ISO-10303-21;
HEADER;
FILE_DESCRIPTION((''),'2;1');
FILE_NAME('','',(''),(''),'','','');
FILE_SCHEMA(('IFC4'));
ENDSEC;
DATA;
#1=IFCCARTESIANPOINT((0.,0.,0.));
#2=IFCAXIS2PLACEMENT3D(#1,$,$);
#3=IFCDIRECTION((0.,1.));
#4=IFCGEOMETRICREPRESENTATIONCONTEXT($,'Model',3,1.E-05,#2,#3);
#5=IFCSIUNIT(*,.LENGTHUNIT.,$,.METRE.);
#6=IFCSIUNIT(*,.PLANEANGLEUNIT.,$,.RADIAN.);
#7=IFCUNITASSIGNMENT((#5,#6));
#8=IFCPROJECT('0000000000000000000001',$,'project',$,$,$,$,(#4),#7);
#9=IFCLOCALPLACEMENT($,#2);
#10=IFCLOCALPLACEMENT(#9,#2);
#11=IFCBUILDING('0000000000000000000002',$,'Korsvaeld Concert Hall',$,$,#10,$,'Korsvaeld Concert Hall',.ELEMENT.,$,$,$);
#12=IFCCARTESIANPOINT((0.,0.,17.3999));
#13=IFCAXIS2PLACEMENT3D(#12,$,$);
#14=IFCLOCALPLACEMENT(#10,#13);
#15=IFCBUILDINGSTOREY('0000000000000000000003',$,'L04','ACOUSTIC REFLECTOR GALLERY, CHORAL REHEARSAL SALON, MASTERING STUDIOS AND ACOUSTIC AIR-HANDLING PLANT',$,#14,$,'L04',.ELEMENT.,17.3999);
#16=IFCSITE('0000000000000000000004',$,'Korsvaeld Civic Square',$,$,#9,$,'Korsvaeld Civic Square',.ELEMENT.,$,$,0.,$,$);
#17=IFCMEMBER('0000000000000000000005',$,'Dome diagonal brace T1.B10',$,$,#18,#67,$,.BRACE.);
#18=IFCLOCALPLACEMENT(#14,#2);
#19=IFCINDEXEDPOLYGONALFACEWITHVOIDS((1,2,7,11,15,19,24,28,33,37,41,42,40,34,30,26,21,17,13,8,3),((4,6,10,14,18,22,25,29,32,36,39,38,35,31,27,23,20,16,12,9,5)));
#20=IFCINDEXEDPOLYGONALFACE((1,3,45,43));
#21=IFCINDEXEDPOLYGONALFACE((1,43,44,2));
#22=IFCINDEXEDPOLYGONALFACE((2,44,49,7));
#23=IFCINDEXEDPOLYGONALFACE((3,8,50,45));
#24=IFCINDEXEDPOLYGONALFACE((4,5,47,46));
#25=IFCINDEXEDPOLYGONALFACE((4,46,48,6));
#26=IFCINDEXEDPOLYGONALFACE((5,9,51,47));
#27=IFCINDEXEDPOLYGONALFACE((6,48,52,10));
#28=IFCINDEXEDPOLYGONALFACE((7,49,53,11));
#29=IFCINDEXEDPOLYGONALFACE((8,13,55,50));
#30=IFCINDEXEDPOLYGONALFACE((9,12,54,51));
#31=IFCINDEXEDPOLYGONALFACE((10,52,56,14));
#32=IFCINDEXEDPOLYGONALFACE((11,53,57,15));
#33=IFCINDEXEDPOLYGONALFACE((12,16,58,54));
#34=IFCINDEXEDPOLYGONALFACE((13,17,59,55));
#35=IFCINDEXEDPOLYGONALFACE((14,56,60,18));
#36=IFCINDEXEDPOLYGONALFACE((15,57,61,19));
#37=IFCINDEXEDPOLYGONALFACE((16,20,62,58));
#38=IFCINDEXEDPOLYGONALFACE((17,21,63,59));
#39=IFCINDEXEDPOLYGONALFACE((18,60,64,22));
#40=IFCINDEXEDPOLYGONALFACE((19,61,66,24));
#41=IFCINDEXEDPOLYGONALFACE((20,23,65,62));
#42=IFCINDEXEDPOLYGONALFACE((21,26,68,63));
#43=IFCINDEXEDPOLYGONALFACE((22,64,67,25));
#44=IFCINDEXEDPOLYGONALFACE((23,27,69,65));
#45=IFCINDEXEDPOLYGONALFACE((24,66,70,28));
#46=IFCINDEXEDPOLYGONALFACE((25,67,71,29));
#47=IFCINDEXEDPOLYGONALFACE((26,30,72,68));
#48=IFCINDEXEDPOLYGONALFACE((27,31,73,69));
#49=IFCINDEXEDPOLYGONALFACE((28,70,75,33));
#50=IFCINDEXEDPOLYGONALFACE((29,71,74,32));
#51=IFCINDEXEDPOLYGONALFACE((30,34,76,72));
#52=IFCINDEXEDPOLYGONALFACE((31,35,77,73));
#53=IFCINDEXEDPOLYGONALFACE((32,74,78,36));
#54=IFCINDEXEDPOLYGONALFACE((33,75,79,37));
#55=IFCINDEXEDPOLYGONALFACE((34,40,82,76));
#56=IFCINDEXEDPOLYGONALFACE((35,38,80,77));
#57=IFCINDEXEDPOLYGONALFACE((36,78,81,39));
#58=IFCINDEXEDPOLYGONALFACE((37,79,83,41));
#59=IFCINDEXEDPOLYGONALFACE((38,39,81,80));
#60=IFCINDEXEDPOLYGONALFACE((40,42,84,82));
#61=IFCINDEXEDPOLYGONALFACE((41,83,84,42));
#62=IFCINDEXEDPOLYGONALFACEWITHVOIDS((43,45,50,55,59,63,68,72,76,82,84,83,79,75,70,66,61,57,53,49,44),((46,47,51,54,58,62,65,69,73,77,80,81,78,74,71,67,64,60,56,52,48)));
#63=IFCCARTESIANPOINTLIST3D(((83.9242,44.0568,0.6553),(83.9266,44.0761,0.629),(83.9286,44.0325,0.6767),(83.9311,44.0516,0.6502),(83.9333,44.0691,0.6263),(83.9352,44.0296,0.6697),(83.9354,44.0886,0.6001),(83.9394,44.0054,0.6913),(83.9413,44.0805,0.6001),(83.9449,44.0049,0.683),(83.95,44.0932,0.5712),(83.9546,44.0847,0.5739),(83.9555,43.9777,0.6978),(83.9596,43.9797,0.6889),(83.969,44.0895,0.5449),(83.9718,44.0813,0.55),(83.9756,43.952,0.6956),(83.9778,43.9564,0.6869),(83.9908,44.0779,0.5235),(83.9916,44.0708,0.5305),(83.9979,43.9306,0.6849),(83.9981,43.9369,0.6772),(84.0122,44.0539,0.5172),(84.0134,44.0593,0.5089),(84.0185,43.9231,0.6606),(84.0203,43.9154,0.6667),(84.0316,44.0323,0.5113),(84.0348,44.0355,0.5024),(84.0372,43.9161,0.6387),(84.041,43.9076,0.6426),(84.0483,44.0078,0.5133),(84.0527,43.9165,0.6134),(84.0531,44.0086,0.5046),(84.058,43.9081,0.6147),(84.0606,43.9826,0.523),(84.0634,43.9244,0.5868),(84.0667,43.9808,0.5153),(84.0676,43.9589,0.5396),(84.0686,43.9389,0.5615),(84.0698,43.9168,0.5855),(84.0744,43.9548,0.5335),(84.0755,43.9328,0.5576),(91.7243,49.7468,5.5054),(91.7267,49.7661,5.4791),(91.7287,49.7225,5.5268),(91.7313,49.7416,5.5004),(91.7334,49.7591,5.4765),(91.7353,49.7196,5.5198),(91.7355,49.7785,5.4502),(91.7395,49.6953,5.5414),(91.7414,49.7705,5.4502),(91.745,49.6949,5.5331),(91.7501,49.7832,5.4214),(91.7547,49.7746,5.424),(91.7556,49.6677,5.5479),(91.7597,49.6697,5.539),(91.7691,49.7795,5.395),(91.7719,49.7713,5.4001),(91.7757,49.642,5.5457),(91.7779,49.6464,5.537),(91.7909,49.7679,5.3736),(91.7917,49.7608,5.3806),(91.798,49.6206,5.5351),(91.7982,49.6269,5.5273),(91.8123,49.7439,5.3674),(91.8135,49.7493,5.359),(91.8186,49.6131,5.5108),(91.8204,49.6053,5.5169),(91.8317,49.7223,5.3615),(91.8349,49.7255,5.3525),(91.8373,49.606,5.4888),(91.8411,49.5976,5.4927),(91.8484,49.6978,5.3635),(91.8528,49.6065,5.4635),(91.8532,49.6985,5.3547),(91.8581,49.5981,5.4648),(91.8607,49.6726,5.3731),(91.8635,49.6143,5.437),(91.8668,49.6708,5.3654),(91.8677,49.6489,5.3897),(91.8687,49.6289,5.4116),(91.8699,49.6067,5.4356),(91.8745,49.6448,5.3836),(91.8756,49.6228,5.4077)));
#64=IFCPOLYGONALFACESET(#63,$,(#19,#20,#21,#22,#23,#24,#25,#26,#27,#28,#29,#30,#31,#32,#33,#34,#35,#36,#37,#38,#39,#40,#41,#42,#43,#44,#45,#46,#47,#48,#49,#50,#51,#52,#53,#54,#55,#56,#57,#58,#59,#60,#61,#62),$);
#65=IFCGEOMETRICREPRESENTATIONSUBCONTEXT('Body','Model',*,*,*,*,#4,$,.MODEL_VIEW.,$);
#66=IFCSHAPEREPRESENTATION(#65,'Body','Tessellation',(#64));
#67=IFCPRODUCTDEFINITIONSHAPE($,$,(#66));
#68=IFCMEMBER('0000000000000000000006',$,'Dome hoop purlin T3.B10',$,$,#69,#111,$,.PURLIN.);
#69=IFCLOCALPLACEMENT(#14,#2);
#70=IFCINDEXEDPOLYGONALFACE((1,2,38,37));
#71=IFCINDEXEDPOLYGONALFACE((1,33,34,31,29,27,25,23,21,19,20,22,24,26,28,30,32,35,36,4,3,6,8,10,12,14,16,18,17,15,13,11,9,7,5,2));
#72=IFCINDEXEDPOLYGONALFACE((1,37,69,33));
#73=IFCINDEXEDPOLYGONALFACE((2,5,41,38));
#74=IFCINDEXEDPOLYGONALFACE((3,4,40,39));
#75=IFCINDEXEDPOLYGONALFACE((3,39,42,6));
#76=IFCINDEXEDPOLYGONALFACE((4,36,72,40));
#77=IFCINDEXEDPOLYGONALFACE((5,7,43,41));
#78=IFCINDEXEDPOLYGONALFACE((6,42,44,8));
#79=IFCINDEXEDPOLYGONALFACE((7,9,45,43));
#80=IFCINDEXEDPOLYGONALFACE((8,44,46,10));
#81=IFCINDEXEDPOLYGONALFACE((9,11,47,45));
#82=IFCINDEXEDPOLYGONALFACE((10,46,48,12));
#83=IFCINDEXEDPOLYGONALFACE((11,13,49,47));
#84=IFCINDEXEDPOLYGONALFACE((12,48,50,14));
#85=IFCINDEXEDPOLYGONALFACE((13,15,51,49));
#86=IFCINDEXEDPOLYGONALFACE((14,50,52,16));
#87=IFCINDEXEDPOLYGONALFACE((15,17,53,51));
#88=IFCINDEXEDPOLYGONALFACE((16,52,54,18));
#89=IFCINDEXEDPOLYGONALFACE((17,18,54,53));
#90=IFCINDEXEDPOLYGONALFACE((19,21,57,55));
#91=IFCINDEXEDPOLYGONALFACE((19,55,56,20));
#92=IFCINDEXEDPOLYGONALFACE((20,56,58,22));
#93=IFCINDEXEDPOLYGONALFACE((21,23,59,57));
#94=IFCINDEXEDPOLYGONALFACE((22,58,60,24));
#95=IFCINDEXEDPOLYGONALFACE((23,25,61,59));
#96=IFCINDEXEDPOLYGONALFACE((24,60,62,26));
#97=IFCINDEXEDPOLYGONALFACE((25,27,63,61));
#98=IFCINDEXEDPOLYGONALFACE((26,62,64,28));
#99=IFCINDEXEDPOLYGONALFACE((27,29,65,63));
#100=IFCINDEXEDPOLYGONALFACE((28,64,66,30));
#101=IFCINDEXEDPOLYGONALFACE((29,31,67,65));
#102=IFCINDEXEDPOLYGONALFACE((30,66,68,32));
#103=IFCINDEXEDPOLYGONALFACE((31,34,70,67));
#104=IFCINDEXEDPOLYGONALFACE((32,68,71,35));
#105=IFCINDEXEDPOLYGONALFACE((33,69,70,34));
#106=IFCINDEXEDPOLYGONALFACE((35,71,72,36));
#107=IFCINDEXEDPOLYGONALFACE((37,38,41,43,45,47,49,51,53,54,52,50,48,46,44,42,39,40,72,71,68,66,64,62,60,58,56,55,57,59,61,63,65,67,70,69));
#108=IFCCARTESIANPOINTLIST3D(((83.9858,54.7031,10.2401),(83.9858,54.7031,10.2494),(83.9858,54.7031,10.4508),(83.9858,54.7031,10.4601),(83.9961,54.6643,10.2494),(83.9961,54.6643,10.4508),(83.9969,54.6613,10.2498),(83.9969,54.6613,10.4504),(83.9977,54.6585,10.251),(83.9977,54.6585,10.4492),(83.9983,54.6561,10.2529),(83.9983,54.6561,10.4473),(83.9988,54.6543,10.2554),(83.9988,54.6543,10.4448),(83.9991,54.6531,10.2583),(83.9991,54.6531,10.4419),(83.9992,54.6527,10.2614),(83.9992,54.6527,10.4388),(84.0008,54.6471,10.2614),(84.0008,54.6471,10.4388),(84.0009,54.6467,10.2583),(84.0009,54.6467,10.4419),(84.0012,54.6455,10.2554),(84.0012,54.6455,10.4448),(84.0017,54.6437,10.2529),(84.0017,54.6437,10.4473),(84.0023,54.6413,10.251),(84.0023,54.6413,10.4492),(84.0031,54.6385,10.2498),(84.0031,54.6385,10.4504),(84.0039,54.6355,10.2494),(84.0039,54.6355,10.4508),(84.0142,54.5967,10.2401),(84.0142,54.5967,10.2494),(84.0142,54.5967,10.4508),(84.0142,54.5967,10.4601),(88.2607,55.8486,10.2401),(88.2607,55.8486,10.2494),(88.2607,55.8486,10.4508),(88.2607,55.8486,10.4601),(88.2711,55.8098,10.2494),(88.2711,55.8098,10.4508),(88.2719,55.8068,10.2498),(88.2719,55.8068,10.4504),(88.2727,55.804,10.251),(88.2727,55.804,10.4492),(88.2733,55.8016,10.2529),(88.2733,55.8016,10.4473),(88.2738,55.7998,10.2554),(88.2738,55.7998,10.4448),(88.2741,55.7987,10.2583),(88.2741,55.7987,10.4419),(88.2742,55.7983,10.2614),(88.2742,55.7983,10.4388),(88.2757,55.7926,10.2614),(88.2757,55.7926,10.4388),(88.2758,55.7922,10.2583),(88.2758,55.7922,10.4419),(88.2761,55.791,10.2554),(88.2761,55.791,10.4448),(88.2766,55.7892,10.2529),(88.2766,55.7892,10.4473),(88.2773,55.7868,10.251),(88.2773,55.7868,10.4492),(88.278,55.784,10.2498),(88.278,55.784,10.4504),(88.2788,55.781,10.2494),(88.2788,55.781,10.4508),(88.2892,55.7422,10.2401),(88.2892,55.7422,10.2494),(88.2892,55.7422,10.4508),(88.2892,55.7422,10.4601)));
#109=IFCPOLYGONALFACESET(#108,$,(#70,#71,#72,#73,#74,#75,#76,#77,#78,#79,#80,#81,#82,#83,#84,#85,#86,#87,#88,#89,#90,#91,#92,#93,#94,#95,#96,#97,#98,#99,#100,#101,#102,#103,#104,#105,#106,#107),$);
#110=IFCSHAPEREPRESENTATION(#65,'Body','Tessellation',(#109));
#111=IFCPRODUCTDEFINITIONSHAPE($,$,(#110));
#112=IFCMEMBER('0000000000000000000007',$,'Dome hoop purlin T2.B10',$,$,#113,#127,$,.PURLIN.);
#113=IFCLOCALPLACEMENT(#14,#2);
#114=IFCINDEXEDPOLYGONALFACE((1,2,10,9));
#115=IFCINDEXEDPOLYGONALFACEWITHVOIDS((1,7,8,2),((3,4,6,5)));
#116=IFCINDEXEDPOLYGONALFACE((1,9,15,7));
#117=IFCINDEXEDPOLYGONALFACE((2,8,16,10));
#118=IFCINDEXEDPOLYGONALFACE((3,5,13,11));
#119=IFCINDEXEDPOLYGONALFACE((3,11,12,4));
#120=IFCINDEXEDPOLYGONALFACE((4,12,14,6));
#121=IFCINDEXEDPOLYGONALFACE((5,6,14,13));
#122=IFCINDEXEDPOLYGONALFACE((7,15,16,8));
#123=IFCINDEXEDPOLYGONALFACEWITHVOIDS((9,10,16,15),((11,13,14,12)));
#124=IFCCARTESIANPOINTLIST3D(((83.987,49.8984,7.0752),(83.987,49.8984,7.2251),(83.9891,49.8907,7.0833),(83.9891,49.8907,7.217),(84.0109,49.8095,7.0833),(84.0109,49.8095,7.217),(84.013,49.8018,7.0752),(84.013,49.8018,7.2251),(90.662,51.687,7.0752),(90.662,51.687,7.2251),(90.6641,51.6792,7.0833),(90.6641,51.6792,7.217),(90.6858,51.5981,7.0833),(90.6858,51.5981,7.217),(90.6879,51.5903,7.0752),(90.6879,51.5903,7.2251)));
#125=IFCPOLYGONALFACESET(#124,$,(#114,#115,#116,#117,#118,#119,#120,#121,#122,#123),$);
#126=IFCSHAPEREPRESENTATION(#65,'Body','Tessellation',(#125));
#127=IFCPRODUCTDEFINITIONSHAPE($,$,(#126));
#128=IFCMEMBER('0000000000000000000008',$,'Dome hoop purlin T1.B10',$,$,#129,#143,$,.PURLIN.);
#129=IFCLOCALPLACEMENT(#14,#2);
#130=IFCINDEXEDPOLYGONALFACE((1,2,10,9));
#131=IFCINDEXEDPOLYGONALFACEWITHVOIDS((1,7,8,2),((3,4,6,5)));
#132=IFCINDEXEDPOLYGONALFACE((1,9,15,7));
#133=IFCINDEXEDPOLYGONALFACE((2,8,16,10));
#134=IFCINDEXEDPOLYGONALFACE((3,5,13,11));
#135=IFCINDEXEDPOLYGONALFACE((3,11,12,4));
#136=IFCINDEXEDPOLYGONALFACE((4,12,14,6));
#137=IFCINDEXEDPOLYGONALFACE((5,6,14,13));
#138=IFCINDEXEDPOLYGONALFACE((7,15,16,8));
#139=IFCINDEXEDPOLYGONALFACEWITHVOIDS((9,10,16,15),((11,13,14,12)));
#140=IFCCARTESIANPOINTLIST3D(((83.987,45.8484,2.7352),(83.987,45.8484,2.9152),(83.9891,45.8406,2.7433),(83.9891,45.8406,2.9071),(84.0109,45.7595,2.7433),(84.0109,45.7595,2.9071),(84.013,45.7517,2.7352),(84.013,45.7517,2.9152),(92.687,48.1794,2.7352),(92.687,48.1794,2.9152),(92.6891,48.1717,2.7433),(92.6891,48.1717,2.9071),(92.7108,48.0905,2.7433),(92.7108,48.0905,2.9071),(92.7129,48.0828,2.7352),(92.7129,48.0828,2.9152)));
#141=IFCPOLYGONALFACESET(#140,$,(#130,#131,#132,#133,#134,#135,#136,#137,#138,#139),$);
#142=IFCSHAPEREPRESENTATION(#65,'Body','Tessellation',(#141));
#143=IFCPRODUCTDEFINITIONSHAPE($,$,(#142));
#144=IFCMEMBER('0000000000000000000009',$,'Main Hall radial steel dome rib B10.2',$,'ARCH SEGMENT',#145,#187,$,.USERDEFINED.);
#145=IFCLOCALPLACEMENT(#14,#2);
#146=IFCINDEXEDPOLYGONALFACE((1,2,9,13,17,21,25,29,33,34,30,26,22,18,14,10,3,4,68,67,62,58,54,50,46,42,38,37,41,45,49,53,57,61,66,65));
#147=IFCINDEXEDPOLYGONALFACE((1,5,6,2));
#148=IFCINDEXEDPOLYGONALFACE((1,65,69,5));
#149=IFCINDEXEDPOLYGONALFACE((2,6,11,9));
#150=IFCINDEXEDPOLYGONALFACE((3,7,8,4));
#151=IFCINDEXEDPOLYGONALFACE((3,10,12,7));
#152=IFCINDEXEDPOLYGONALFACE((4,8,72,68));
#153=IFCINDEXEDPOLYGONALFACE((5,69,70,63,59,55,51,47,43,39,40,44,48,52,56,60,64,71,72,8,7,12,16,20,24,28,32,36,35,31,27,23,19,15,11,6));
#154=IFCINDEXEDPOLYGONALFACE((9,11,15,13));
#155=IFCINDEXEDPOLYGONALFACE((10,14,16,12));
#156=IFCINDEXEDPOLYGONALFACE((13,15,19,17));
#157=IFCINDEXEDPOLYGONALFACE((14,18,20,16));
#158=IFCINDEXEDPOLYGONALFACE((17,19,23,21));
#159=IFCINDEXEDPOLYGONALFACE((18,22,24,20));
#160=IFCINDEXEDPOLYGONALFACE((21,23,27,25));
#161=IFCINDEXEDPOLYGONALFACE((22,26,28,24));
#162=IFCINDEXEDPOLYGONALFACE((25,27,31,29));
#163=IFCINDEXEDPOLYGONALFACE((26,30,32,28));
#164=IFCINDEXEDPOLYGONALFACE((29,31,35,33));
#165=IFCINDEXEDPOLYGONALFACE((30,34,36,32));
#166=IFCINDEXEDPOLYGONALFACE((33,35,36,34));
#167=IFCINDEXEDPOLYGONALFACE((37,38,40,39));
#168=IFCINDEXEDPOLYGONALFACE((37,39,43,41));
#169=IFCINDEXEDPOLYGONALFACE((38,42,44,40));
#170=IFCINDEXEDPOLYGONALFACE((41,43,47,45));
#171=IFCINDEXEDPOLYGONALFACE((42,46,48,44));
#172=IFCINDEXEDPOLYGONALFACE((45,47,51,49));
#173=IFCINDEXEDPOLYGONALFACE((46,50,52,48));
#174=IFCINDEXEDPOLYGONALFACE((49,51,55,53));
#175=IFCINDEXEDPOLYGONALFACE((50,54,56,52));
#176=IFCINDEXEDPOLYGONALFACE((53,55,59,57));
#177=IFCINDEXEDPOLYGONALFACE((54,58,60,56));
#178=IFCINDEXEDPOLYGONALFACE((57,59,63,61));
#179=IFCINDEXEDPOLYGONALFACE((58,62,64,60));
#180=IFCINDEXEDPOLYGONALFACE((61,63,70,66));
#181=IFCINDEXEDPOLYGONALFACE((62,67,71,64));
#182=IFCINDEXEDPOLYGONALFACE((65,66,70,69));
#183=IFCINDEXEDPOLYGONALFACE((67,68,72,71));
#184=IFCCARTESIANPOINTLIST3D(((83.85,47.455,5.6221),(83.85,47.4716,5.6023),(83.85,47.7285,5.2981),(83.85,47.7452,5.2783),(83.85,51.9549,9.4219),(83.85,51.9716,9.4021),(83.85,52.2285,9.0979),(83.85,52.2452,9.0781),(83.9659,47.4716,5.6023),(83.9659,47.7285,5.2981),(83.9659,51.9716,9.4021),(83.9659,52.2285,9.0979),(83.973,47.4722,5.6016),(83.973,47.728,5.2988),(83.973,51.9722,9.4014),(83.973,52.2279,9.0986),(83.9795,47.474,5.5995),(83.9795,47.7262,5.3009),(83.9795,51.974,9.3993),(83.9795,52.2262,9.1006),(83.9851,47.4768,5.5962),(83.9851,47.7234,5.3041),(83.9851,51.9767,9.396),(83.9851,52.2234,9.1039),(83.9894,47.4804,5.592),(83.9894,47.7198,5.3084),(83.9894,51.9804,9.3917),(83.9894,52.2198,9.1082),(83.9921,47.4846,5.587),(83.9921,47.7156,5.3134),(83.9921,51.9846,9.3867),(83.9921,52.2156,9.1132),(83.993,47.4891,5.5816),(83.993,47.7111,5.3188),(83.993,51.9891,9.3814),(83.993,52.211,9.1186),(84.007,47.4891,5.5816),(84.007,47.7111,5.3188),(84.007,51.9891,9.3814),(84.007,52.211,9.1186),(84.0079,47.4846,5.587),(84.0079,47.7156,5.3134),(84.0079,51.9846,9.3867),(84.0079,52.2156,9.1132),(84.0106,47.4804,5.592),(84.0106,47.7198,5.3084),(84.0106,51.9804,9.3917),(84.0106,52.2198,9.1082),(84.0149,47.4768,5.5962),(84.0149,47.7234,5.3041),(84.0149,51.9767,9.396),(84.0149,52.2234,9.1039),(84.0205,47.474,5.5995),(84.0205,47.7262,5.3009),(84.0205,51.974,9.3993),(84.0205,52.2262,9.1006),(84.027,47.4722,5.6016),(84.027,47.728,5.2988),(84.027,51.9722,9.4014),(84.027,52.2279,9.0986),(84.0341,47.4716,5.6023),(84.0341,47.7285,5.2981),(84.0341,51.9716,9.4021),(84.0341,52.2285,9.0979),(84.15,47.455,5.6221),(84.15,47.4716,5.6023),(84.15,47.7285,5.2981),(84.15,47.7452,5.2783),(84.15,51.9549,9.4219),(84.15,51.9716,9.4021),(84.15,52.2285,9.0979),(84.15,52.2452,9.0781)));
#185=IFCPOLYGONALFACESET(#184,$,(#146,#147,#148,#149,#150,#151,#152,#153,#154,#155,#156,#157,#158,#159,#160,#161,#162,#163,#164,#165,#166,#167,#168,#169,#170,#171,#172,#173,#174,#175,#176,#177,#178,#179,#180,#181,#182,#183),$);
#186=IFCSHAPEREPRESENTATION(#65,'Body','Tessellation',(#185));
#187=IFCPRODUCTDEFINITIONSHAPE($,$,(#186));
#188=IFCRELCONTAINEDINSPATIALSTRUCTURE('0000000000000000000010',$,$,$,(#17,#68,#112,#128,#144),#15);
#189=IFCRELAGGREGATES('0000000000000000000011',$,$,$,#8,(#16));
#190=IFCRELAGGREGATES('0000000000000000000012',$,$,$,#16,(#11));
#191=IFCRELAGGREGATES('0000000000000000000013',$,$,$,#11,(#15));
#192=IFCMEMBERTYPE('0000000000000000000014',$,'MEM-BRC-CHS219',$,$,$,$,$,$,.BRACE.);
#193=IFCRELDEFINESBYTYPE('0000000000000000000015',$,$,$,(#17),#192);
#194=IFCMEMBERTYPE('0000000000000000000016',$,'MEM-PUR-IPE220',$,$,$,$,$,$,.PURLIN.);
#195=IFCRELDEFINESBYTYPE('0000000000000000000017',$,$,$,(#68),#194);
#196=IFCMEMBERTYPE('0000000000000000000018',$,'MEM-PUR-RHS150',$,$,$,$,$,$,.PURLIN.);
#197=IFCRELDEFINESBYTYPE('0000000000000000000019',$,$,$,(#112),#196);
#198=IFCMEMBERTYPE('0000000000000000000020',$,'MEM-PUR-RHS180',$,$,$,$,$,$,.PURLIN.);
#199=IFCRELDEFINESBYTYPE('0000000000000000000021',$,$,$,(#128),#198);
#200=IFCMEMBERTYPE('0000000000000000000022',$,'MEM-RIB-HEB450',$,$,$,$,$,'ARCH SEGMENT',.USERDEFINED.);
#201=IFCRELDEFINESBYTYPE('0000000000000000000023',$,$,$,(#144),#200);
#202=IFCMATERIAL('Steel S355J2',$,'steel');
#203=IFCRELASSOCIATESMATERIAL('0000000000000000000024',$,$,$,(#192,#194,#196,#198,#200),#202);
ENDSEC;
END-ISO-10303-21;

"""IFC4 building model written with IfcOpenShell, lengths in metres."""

from ifc_helpers import new_model, si_unit, direction, frame, origin, origin_2d, place, context, subcontext, project, spatial, hollow_rectangle, hollow_circle, i_section, extrude, material, material_profile, profile_set, type_object, element, save


model = new_model("IFC4")

# Units and contexts
model_context = context("Model", 3, precision=1e-05, world=origin(), true_north=direction((0.0, 1.0)))
body_context = subcontext(model_context, "Body", "Model", "MODEL_VIEW")
ifc_project = project(units=[si_unit("LENGTHUNIT", "METRE"), si_unit("PLANEANGLEUNIT", "RADIAN")], contexts=[model_context])

# Site, building, storey
site_placement = place(None, origin())
site = spatial("IfcSite", under=ifc_project, at=site_placement, Name="Korsvaeld Civic Square", LongName="Korsvaeld Civic Square", CompositionType="ELEMENT", RefElevation=0.0)
building_placement = place(site_placement, origin())
building = spatial("IfcBuilding", under=site, at=building_placement, Name="Korsvaeld Concert Hall", LongName="Korsvaeld Concert Hall", CompositionType="ELEMENT")
storey_placement = place(building_placement, frame((0.0, 0.0, 17.3999)))
storey = spatial("IfcBuildingStorey", under=building, at=storey_placement, Name="L04", Description="ACOUSTIC REFLECTOR GALLERY, CHORAL REHEARSAL SALON, MASTERING STUDIOS AND ACOUSTIC AIR-HANDLING PLANT", LongName="L04", CompositionType="ELEMENT", Elevation=17.3999)

# Shared definitions
ifc_material_1 = material(Name="Steel S355J2", Category="steel")

# Members
ifc_material_profile_1 = material_profile(ifc_material_1, hollow_circle(Radius=0.1096, WallThickness=0.01, at=origin_2d()), Name="CHS 219.1x10")
ifc_profile_set_1 = profile_set([ifc_material_profile_1], Name="Steel S355J2")
member_type_1 = type_object("IfcMemberType", Name="MEM-BRC-CHS219", PredefinedType="BRACE", material=ifc_profile_set_1)
member_1_placement = place(storey_placement, frame((84.0, 44.0, 0.6001), z_axis=(0.721918, 0.526622, 0.448891), x_axis=(-0.589335, 0.807889, 0.0)))
element("IfcMember", 1, at=member_1_placement, inside=storey, type_object=member_type_1, Name="Dome diagonal brace T1.B10", PredefinedType="BRACE", context=body_context, shape_type="SweptSolid", body=[
    extrude(hollow_circle(Radius=0.1096, WallThickness=0.01, at=origin_2d()), origin(), (0.0, 0.0, 1.0), 10.8047),
])
ifc_material_profile_2 = material_profile(ifc_material_1, i_section(OverallWidth=0.1101, OverallDepth=0.22, WebThickness=0.0059, FlangeThickness=0.0093, FilletRadius=0.012, at=origin_2d()), Name="IPE 220")
ifc_profile_set_2 = profile_set([ifc_material_profile_2], Name="Steel S355J2")
member_type_2 = type_object("IfcMemberType", Name="MEM-PUR-IPE220", PredefinedType="PURLIN", material=ifc_profile_set_2)
member_2_placement = place(storey_placement, frame((84.0, 54.6499, 10.3501), z_axis=(0.965923, 0.25883, 0.0), x_axis=(-0.25883, 0.965923, 0.0)))
element("IfcMember", 2, at=member_2_placement, inside=storey, type_object=member_type_2, Name="Dome hoop purlin T3.B10", PredefinedType="PURLIN", context=body_context, shape_type="SweptSolid", body=[
    extrude(i_section(OverallWidth=0.1101, OverallDepth=0.22, WebThickness=0.0059, FlangeThickness=0.0093, FilletRadius=0.012, at=origin_2d()), origin(), (0.0, 0.0, 1.0), 4.4258),
])
ifc_material_profile_3 = material_profile(ifc_material_1, hollow_rectangle(XDim=0.1001, YDim=0.1499, WallThickness=0.0081, at=origin_2d()), Name="RHS 150x100x8")
ifc_profile_set_3 = profile_set([ifc_material_profile_3], Name="Steel S355J2")
member_type_3 = type_object("IfcMemberType", Name="MEM-PUR-RHS150", PredefinedType="PURLIN", material=ifc_profile_set_3)
member_3_placement = place(storey_placement, frame((84.0, 49.8501, 7.1501), z_axis=(0.965926, 0.258819, 0.0), x_axis=(-0.258819, 0.965926, 0.0)))
element("IfcMember", 3, at=member_3_placement, inside=storey, type_object=member_type_3, Name="Dome hoop purlin T2.B10", PredefinedType="PURLIN", context=body_context, shape_type="SweptSolid", body=[
    extrude(hollow_rectangle(XDim=0.1001, YDim=0.1499, WallThickness=0.0081, at=origin_2d()), origin(), (0.0, 0.0, 1.0), 6.9104),
])
ifc_material_profile_4 = material_profile(ifc_material_1, hollow_rectangle(XDim=0.1001, YDim=0.1799, WallThickness=0.0081, at=origin_2d()), Name="RHS 180x100x8")
ifc_profile_set_4 = profile_set([ifc_material_profile_4], Name="Steel S355J2")
member_type_4 = type_object("IfcMemberType", Name="MEM-PUR-RHS180", PredefinedType="PURLIN", material=ifc_profile_set_4)
member_4_placement = place(storey_placement, frame((84.0, 45.8, 2.8252), z_axis=(0.965928, 0.25881, 0.0), x_axis=(-0.25881, 0.965928, 0.0)))
element("IfcMember", 4, at=member_4_placement, inside=storey, type_object=member_type_4, Name="Dome hoop purlin T1.B10", PredefinedType="PURLIN", context=body_context, shape_type="SweptSolid", body=[
    extrude(hollow_rectangle(XDim=0.1001, YDim=0.1799, WallThickness=0.0081, at=origin_2d()), origin(), (0.0, 0.0, 1.0), 9.0068),
])
ifc_material_profile_5 = material_profile(ifc_material_1, i_section(OverallWidth=0.3, OverallDepth=0.45, WebThickness=0.0139, FlangeThickness=0.0259, FilletRadius=0.0271, at=origin_2d()), Name="HEB 450")
ifc_profile_set_5 = profile_set([ifc_material_profile_5], Name="Steel S355J2")
member_type_5 = type_object("IfcMemberType", Name="MEM-RIB-HEB450", ElementType="ARCH SEGMENT", PredefinedType="USERDEFINED", material=ifc_profile_set_5)
member_5_placement = place(storey_placement, frame((84.0, 47.6001, 5.4502), z_axis=(0.0, 0.764046, 0.645161), x_axis=(-1.0, 0.0, 0.0)))
element("IfcMember", 5, at=member_5_placement, inside=storey, type_object=member_type_5, Name="Main Hall radial steel dome rib B10.2", ObjectType="ARCH SEGMENT", PredefinedType="USERDEFINED", context=body_context, shape_type="SweptSolid", body=[
    extrude(i_section(OverallWidth=0.3, OverallDepth=0.45, WebThickness=0.0139, FlangeThickness=0.0259, FilletRadius=0.0271, at=origin_2d()), origin(), (0.0, 0.0, 1.0), 5.8896),
])

save(model, "model.ifc")
